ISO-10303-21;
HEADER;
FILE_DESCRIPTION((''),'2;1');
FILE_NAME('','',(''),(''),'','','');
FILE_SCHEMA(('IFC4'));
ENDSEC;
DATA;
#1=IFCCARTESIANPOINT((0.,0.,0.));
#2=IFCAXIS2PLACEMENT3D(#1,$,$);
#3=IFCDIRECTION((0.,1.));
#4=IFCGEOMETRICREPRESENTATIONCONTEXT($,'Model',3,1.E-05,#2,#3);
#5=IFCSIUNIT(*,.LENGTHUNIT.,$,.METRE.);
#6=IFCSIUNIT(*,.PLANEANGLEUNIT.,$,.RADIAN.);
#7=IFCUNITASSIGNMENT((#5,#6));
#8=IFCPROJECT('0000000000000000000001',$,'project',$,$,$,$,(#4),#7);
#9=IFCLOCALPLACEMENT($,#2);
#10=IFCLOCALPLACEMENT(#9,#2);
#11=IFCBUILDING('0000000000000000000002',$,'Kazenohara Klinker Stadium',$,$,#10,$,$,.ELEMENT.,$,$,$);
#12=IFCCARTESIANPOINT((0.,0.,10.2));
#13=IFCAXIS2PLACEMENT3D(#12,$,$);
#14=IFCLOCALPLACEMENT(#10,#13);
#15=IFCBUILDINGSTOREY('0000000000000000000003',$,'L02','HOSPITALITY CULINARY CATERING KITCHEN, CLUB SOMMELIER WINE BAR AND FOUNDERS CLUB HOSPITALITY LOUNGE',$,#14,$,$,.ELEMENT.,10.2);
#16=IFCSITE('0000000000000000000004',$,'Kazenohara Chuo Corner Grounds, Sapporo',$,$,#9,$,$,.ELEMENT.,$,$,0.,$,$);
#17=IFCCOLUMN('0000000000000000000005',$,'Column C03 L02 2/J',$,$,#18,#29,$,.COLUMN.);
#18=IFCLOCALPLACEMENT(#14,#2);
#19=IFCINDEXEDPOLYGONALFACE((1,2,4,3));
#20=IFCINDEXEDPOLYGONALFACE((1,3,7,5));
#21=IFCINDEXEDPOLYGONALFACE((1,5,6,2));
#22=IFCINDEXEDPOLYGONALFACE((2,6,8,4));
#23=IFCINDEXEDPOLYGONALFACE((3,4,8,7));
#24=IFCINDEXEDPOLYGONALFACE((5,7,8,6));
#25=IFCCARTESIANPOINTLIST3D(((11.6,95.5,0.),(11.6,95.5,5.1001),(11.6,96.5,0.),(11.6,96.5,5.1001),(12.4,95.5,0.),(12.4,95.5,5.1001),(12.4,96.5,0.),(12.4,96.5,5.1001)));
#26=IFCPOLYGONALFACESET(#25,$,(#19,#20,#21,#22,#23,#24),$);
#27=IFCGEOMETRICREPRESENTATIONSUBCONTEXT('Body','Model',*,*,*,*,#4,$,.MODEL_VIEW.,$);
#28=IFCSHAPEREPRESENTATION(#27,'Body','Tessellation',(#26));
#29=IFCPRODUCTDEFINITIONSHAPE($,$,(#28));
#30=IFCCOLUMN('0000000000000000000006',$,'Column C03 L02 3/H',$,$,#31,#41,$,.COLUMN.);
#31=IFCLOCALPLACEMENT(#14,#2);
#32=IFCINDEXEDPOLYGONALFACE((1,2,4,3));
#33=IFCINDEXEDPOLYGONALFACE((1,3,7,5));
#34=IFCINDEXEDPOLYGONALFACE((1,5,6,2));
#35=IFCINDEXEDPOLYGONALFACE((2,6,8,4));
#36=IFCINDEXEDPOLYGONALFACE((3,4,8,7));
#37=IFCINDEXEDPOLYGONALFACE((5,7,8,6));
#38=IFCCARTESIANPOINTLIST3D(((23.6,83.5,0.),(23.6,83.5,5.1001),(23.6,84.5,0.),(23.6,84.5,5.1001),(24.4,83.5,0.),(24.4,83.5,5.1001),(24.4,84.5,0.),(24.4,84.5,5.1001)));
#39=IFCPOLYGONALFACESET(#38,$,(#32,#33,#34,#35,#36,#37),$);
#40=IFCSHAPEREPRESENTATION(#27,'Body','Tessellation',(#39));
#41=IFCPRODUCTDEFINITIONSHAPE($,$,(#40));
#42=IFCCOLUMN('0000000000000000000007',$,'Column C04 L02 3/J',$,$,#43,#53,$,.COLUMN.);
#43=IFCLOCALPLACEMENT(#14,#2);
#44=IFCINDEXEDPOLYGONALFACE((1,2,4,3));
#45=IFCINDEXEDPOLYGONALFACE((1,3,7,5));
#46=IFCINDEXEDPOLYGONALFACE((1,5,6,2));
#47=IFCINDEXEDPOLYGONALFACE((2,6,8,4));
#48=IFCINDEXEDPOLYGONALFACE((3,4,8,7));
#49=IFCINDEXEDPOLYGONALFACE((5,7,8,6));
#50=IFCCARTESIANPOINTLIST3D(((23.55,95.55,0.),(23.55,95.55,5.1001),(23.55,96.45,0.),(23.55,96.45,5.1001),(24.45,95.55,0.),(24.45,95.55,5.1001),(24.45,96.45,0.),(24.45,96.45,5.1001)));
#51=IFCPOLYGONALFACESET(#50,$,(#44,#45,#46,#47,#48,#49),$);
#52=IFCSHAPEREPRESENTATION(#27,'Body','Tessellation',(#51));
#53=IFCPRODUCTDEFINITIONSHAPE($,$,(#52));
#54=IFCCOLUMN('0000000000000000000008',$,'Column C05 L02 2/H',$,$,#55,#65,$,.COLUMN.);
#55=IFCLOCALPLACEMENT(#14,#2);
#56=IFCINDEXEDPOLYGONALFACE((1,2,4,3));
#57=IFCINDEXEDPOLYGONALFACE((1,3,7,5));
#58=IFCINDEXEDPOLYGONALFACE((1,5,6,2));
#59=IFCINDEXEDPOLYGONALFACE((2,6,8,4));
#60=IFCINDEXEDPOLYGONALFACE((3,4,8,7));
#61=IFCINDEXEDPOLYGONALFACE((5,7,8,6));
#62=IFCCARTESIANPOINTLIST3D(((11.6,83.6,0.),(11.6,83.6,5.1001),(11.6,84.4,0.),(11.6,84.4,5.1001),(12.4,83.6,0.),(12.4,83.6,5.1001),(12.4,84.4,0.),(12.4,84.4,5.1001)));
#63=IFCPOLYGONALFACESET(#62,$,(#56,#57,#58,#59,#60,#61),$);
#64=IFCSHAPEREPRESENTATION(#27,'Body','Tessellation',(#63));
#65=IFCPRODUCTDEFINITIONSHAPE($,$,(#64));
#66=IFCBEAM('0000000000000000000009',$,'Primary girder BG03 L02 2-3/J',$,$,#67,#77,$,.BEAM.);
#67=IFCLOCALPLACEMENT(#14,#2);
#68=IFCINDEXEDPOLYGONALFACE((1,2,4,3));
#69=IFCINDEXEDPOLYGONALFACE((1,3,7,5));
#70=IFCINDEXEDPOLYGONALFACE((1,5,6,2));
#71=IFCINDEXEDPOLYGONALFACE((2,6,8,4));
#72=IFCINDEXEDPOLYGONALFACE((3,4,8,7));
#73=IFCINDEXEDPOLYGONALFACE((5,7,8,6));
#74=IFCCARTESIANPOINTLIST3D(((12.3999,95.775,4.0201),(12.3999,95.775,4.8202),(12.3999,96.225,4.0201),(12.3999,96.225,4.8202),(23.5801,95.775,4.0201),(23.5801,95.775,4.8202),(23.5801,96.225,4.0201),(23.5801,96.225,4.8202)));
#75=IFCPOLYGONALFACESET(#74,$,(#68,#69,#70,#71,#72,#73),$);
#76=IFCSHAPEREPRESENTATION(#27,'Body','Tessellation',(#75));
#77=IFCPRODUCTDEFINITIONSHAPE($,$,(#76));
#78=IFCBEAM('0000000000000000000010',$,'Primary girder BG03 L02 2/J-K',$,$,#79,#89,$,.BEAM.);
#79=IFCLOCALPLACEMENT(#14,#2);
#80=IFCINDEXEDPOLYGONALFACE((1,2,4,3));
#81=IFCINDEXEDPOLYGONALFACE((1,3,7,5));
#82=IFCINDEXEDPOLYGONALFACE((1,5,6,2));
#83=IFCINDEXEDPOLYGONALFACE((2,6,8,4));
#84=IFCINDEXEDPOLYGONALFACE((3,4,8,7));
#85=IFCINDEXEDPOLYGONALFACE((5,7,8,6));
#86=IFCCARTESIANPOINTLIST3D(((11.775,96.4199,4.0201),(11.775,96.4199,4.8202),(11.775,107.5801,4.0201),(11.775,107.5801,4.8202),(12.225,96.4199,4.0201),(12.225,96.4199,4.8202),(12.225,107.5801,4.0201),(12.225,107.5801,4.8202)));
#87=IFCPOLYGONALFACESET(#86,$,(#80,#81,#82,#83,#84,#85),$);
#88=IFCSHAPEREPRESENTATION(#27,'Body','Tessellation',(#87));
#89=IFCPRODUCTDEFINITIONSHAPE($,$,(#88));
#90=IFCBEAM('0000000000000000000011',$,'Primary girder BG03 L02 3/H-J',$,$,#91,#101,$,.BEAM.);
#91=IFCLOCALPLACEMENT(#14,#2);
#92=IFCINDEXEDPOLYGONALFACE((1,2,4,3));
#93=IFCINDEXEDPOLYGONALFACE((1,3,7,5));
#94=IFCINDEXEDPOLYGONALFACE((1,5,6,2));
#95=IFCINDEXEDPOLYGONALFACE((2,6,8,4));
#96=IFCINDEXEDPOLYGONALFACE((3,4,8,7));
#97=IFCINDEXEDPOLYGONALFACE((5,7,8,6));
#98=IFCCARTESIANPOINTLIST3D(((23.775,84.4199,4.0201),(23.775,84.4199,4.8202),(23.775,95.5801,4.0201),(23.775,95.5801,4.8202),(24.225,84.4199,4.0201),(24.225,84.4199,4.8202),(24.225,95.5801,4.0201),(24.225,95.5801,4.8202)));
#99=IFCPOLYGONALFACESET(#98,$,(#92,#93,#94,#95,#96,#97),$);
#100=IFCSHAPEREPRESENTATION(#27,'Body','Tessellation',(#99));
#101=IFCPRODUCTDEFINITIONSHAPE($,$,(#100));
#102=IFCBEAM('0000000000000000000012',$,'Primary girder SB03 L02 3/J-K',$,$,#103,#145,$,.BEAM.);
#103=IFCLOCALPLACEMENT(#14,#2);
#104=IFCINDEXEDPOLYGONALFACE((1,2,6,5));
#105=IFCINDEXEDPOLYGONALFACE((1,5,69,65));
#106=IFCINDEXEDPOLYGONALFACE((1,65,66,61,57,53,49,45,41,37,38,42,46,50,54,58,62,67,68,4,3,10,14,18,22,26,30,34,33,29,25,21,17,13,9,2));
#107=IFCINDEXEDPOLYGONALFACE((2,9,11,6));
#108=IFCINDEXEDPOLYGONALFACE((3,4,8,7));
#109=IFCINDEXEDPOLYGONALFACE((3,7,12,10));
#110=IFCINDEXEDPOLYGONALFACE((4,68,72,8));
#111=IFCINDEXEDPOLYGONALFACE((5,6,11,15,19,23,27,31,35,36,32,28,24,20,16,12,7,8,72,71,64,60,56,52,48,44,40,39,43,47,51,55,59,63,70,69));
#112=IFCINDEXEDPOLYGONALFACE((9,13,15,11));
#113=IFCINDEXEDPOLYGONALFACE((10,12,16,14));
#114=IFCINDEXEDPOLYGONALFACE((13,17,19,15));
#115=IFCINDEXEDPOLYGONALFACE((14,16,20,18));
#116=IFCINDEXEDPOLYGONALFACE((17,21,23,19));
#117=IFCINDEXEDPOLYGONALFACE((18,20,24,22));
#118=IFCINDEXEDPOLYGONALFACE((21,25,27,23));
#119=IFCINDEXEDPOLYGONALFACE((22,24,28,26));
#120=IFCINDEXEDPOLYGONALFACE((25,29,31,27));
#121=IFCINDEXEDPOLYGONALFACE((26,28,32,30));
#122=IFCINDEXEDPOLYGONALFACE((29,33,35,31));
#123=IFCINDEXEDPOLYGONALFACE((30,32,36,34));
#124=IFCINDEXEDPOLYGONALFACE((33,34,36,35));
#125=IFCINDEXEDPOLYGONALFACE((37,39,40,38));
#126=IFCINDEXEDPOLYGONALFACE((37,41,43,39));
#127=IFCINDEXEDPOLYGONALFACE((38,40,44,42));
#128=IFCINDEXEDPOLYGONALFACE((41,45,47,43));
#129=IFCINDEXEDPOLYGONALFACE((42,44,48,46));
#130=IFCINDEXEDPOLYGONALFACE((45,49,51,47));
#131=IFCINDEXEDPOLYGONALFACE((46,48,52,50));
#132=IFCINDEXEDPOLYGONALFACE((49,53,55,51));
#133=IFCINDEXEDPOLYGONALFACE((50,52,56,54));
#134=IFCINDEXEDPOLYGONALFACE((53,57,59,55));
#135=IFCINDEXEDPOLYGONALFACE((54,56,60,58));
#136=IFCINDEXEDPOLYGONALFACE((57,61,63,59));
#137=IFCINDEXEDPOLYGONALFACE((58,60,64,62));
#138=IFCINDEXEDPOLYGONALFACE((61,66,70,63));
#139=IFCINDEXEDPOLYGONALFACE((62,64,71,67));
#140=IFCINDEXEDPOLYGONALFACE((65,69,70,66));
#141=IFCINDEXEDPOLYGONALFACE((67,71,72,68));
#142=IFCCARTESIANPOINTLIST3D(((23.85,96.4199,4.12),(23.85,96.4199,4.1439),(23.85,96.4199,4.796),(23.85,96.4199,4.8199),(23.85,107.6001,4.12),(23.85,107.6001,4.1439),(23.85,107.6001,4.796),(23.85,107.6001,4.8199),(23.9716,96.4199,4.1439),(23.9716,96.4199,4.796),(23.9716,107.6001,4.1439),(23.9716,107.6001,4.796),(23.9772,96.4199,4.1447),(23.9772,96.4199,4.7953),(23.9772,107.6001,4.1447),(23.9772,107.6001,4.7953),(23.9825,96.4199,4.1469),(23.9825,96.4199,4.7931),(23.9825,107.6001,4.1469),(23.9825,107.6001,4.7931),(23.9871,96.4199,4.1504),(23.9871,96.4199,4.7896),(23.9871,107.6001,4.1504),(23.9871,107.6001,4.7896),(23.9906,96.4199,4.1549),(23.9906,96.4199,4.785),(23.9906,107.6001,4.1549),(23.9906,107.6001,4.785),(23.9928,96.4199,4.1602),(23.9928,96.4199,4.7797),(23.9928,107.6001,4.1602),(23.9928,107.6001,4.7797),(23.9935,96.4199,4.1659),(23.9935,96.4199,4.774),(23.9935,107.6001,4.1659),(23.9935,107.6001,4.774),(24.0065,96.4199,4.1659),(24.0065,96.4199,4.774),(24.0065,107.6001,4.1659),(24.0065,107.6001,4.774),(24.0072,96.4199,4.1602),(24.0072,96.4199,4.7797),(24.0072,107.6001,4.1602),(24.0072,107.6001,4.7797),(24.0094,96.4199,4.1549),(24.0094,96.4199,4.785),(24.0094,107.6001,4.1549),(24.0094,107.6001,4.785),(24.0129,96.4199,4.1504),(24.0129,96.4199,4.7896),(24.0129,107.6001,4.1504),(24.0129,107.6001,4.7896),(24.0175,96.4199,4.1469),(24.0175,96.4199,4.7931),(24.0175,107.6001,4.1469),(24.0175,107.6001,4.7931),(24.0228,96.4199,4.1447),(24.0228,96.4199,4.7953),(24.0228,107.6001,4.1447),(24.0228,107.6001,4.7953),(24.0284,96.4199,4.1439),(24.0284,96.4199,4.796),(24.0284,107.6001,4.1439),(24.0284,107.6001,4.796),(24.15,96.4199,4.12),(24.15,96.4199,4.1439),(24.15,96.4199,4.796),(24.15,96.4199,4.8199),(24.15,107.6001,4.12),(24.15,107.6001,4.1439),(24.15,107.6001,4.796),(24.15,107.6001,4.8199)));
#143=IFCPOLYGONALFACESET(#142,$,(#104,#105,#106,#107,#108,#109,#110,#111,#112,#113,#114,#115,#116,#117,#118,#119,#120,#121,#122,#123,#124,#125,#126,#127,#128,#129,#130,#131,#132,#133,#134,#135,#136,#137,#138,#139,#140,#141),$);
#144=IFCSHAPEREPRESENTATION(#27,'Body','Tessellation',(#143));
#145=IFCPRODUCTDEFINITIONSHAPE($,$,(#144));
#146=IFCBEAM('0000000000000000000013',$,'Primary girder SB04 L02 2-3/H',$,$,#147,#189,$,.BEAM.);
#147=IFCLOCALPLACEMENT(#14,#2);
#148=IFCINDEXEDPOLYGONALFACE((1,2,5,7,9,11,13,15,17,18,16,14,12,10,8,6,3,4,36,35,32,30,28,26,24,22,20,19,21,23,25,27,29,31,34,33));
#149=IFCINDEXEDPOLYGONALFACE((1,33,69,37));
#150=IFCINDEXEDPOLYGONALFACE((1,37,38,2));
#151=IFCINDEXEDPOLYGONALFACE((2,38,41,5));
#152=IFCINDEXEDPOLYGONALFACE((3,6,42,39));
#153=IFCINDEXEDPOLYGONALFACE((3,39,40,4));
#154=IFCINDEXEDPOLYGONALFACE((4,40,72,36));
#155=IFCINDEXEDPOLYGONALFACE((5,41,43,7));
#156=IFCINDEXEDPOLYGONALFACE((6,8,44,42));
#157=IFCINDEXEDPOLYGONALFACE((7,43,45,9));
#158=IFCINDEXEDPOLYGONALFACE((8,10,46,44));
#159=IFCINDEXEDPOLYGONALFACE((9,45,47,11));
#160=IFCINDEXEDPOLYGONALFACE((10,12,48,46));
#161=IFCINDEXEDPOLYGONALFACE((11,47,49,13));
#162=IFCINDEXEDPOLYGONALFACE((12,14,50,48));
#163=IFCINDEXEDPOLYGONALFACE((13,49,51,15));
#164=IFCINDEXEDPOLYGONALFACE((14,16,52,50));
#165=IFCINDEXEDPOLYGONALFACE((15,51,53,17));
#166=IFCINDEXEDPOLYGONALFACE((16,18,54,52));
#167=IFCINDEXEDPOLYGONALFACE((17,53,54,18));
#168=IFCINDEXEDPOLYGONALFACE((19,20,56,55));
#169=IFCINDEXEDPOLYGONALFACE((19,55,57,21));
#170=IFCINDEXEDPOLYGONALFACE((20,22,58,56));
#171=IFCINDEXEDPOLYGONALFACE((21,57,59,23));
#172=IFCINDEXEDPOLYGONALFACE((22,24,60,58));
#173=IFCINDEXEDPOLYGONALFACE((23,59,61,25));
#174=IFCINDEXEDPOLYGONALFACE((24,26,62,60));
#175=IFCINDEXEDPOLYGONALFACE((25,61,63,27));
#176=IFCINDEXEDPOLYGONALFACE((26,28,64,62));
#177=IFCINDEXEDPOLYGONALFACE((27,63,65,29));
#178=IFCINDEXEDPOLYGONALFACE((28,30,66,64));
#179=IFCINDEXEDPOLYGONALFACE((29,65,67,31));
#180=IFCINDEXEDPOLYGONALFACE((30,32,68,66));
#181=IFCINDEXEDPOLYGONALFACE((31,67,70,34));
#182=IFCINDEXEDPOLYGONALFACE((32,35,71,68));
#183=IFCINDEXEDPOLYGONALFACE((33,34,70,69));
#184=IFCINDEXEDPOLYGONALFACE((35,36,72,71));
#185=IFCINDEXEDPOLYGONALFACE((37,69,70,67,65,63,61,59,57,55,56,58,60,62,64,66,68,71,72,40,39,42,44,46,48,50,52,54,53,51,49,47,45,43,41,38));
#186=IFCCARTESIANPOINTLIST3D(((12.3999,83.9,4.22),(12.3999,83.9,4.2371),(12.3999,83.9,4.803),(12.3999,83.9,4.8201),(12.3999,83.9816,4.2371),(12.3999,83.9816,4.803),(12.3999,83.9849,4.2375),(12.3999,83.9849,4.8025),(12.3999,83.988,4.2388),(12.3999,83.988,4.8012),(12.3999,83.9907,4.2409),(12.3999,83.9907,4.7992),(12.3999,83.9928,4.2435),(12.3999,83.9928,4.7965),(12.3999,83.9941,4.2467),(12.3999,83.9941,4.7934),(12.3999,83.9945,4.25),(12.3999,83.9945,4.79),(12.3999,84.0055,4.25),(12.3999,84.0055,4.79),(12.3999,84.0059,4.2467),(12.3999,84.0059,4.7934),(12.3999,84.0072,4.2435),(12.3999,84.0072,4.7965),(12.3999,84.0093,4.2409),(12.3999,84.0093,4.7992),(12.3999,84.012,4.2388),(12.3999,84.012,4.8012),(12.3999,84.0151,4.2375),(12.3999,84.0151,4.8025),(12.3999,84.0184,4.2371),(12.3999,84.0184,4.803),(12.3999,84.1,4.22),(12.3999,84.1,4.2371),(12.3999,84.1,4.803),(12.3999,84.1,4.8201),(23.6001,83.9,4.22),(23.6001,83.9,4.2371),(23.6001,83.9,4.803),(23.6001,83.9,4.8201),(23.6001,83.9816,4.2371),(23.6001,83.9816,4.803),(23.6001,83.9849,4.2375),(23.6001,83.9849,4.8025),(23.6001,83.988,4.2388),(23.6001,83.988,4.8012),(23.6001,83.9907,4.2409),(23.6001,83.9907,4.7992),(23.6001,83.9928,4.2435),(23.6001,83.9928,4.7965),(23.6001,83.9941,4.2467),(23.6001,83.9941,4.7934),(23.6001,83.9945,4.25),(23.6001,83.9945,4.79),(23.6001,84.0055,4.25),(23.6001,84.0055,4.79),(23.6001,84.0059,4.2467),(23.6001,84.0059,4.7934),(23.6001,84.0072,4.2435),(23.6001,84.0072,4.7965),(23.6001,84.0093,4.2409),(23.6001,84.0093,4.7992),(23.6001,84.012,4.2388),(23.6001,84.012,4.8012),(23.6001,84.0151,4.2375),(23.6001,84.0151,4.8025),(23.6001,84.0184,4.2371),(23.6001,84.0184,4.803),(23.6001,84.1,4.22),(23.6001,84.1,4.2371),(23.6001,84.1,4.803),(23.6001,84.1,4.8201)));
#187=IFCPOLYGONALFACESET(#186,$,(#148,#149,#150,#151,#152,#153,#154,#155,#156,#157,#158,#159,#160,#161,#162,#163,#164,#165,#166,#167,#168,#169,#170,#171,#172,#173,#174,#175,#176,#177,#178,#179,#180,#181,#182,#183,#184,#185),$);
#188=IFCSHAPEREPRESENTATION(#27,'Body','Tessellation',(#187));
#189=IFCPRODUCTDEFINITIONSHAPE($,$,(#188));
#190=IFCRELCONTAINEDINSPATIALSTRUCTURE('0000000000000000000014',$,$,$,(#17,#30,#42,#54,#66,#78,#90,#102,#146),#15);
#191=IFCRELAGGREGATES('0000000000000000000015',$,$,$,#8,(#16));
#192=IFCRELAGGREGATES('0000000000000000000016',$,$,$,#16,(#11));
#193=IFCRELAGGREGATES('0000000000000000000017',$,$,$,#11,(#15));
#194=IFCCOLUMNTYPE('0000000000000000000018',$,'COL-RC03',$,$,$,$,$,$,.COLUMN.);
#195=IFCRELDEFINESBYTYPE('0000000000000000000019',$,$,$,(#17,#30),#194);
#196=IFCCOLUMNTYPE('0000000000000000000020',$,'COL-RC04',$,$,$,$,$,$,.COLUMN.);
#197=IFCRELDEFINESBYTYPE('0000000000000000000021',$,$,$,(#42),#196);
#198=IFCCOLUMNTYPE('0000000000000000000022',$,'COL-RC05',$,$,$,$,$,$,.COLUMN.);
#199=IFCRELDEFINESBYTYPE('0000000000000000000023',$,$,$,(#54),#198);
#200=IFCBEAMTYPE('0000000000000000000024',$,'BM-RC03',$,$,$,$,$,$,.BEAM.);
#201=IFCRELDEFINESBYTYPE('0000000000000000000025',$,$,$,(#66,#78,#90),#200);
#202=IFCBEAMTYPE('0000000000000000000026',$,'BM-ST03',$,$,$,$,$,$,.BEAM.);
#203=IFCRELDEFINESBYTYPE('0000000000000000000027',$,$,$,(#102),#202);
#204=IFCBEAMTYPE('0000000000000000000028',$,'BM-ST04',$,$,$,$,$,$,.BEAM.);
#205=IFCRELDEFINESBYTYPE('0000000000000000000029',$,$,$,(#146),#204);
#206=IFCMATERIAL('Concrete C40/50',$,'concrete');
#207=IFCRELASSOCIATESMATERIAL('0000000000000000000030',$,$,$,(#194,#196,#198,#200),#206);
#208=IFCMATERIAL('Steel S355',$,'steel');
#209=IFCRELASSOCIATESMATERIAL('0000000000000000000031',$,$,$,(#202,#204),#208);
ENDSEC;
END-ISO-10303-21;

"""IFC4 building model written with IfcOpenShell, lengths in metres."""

from ifc_helpers import new_model, si_unit, direction, frame, origin, origin_2d, place, context, subcontext, project, spatial, rectangle, i_section, extrude, material, material_profile, profile_set, type_object, element, save


model = new_model("IFC4")

# Units and contexts
model_context = context("Model", 3, precision=1e-05, world=origin(), true_north=direction((0.0, 1.0)))
body_context = subcontext(model_context, "Body", "Model", "MODEL_VIEW")
ifc_project = project(units=[si_unit("LENGTHUNIT", "METRE"), si_unit("PLANEANGLEUNIT", "RADIAN")], contexts=[model_context])

# Site, building, storey
site_placement = place(None, origin())
site = spatial("IfcSite", under=ifc_project, at=site_placement, Name="Kazenohara Chuo Corner Grounds, Sapporo", CompositionType="ELEMENT", RefElevation=0.0)
building_placement = place(site_placement, origin())
building = spatial("IfcBuilding", under=site, at=building_placement, Name="Kazenohara Klinker Stadium", CompositionType="ELEMENT")
storey_placement = place(building_placement, frame((0.0, 0.0, 10.2)))
storey = spatial("IfcBuildingStorey", under=building, at=storey_placement, Name="L02", Description="HOSPITALITY CULINARY CATERING KITCHEN, CLUB SOMMELIER WINE BAR AND FOUNDERS CLUB HOSPITALITY LOUNGE", CompositionType="ELEMENT", Elevation=10.2)

# Columns
ifc_material_1 = material(Name="Concrete C40/50", Category="concrete")
ifc_material_profile_1 = material_profile(ifc_material_1, rectangle(XDim=0.8, YDim=1.0, at=origin_2d()), Name="RC-COL-1000x800")
ifc_profile_set_1 = profile_set([ifc_material_profile_1], Name="Concrete C40/50")
column_type_1 = type_object("IfcColumnType", Name="COL-RC03", PredefinedType="COLUMN", material=ifc_profile_set_1)
for number, where, z_axis, x_axis, name in (
    (1, (12.0, 96.0, 0.0), (0.0, 0.0, 1.0), (1.0, 0.0, 0.0), "Column C03 L02 2/J"),
    (2, (24.0, 84.0, 0.0), (0.0, 0.0, 1.0), (1.0, 0.0, 0.0), "Column C03 L02 3/H"),
):
    element("IfcColumn", number, at=place(storey_placement, frame(where, z_axis=z_axis, x_axis=x_axis)), inside=storey, type_object=column_type_1, Name=name, PredefinedType="COLUMN", context=body_context, shape_type="SweptSolid", body=[
        extrude(rectangle(XDim=0.8, YDim=1.0, at=origin_2d()), origin(), (0.0, 0.0, 1.0), 5.1001),
    ])
ifc_material_profile_2 = material_profile(ifc_material_1, rectangle(XDim=0.8999, YDim=0.8999, at=origin_2d()), Name="RC-COL-900x900")
ifc_profile_set_2 = profile_set([ifc_material_profile_2], Name="Concrete C40/50")
column_type_2 = type_object("IfcColumnType", Name="COL-RC04", PredefinedType="COLUMN", material=ifc_profile_set_2)
column_1_placement = place(storey_placement, frame((24.0, 96.0, 0.0), z_axis=(0.0, 0.0, 1.0), x_axis=(1.0, 0.0, 0.0)))
element("IfcColumn", 3, at=column_1_placement, inside=storey, type_object=column_type_2, Name="Column C04 L02 3/J", PredefinedType="COLUMN", context=body_context, shape_type="SweptSolid", body=[
    extrude(rectangle(XDim=0.8999, YDim=0.8999, at=origin_2d()), origin(), (0.0, 0.0, 1.0), 5.1001),
])
ifc_material_profile_3 = material_profile(ifc_material_1, rectangle(XDim=0.8, YDim=0.8, at=origin_2d()), Name="RC-COL-800x800")
ifc_profile_set_3 = profile_set([ifc_material_profile_3], Name="Concrete C40/50")
column_type_3 = type_object("IfcColumnType", Name="COL-RC05", PredefinedType="COLUMN", material=ifc_profile_set_3)
column_2_placement = place(storey_placement, frame((12.0, 84.0, 0.0), z_axis=(0.0, 0.0, 1.0), x_axis=(1.0, 0.0, 0.0)))
element("IfcColumn", 4, at=column_2_placement, inside=storey, type_object=column_type_3, Name="Column C05 L02 2/H", PredefinedType="COLUMN", context=body_context, shape_type="SweptSolid", body=[
    extrude(rectangle(XDim=0.8, YDim=0.8, at=origin_2d()), origin(), (0.0, 0.0, 1.0), 5.1001),
])

# Beams
ifc_material_profile_4 = material_profile(ifc_material_1, rectangle(XDim=0.45, YDim=0.8, at=origin_2d()), Name="RC-BM-450x800")
ifc_profile_set_4 = profile_set([ifc_material_profile_4], Name="Concrete C40/50")
beam_type_1 = type_object("IfcBeamType", Name="BM-RC03", PredefinedType="BEAM", material=ifc_profile_set_4)
beam_1_placement = place(storey_placement, frame((12.3999, 96.0, 4.4202), z_axis=(1.0, 0.0, 0.0), x_axis=(0.0, 1.0, 0.0)))
element("IfcBeam", 5, at=beam_1_placement, inside=storey, type_object=beam_type_1, Name="Primary girder BG03 L02 2-3/J", PredefinedType="BEAM", context=body_context, shape_type="SweptSolid", body=[
    extrude(rectangle(XDim=0.45, YDim=0.8, at=origin_2d()), origin(), (0.0, 0.0, 1.0), 11.1802),
])
for number, where, z_axis, x_axis, name in (
    (6, (12.0, 96.4199, 4.4202), (0.0, 1.0, 0.0), (-1.0, 0.0, 0.0), "Primary girder BG03 L02 2/J-K"),
    (7, (24.0, 84.4199, 4.4202), (0.0, 1.0, 0.0), (-1.0, 0.0, 0.0), "Primary girder BG03 L02 3/H-J"),
):
    element("IfcBeam", number, at=place(storey_placement, frame(where, z_axis=z_axis, x_axis=x_axis)), inside=storey, type_object=beam_type_1, Name=name, PredefinedType="BEAM", context=body_context, shape_type="SweptSolid", body=[
        extrude(rectangle(XDim=0.45, YDim=0.8, at=origin_2d()), origin(), (0.0, 0.0, 1.0), 11.1602),
    ])
ifc_material_2 = material(Name="Steel S355", Category="steel")
ifc_material_profile_5 = material_profile(ifc_material_2, i_section(OverallWidth=0.3, OverallDepth=0.7, WebThickness=0.0129, FlangeThickness=0.0239, FilletRadius=0.022, at=origin_2d()), Name="H-700x300x13x24")
ifc_profile_set_5 = profile_set([ifc_material_profile_5], Name="Steel S355")
beam_type_2 = type_object("IfcBeamType", Name="BM-ST03", PredefinedType="BEAM", material=ifc_profile_set_5)
beam_2_placement = place(storey_placement, frame((24.0, 96.4199, 4.47), z_axis=(0.0, 1.0, 0.0), x_axis=(-1.0, 0.0, 0.0)))
element("IfcBeam", 8, at=beam_2_placement, inside=storey, type_object=beam_type_2, Name="Primary girder SB03 L02 3/J-K", PredefinedType="BEAM", context=body_context, shape_type="SweptSolid", body=[
    extrude(i_section(OverallWidth=0.3, OverallDepth=0.7, WebThickness=0.0129, FlangeThickness=0.0239, FilletRadius=0.022, at=origin_2d()), origin(), (0.0, 0.0, 1.0), 11.1802),
])
ifc_material_profile_6 = material_profile(ifc_material_2, i_section(OverallWidth=0.2, OverallDepth=0.6001, WebThickness=0.011, FlangeThickness=0.0171, FilletRadius=0.0129, at=origin_2d()), Name="H-600x200x11x17")
ifc_profile_set_6 = profile_set([ifc_material_profile_6], Name="Steel S355")
beam_type_3 = type_object("IfcBeamType", Name="BM-ST04", PredefinedType="BEAM", material=ifc_profile_set_6)
beam_3_placement = place(storey_placement, frame((12.3999, 84.0, 4.52), z_axis=(1.0, 0.0, 0.0), x_axis=(0.0, 1.0, 0.0)))
element("IfcBeam", 9, at=beam_3_placement, inside=storey, type_object=beam_type_3, Name="Primary girder SB04 L02 2-3/H", PredefinedType="BEAM", context=body_context, shape_type="SweptSolid", body=[
    extrude(i_section(OverallWidth=0.2, OverallDepth=0.6001, WebThickness=0.011, FlangeThickness=0.0171, FilletRadius=0.0129, at=origin_2d()), origin(), (0.0, 0.0, 1.0), 11.2002),
])

save(model, "model.ifc")
